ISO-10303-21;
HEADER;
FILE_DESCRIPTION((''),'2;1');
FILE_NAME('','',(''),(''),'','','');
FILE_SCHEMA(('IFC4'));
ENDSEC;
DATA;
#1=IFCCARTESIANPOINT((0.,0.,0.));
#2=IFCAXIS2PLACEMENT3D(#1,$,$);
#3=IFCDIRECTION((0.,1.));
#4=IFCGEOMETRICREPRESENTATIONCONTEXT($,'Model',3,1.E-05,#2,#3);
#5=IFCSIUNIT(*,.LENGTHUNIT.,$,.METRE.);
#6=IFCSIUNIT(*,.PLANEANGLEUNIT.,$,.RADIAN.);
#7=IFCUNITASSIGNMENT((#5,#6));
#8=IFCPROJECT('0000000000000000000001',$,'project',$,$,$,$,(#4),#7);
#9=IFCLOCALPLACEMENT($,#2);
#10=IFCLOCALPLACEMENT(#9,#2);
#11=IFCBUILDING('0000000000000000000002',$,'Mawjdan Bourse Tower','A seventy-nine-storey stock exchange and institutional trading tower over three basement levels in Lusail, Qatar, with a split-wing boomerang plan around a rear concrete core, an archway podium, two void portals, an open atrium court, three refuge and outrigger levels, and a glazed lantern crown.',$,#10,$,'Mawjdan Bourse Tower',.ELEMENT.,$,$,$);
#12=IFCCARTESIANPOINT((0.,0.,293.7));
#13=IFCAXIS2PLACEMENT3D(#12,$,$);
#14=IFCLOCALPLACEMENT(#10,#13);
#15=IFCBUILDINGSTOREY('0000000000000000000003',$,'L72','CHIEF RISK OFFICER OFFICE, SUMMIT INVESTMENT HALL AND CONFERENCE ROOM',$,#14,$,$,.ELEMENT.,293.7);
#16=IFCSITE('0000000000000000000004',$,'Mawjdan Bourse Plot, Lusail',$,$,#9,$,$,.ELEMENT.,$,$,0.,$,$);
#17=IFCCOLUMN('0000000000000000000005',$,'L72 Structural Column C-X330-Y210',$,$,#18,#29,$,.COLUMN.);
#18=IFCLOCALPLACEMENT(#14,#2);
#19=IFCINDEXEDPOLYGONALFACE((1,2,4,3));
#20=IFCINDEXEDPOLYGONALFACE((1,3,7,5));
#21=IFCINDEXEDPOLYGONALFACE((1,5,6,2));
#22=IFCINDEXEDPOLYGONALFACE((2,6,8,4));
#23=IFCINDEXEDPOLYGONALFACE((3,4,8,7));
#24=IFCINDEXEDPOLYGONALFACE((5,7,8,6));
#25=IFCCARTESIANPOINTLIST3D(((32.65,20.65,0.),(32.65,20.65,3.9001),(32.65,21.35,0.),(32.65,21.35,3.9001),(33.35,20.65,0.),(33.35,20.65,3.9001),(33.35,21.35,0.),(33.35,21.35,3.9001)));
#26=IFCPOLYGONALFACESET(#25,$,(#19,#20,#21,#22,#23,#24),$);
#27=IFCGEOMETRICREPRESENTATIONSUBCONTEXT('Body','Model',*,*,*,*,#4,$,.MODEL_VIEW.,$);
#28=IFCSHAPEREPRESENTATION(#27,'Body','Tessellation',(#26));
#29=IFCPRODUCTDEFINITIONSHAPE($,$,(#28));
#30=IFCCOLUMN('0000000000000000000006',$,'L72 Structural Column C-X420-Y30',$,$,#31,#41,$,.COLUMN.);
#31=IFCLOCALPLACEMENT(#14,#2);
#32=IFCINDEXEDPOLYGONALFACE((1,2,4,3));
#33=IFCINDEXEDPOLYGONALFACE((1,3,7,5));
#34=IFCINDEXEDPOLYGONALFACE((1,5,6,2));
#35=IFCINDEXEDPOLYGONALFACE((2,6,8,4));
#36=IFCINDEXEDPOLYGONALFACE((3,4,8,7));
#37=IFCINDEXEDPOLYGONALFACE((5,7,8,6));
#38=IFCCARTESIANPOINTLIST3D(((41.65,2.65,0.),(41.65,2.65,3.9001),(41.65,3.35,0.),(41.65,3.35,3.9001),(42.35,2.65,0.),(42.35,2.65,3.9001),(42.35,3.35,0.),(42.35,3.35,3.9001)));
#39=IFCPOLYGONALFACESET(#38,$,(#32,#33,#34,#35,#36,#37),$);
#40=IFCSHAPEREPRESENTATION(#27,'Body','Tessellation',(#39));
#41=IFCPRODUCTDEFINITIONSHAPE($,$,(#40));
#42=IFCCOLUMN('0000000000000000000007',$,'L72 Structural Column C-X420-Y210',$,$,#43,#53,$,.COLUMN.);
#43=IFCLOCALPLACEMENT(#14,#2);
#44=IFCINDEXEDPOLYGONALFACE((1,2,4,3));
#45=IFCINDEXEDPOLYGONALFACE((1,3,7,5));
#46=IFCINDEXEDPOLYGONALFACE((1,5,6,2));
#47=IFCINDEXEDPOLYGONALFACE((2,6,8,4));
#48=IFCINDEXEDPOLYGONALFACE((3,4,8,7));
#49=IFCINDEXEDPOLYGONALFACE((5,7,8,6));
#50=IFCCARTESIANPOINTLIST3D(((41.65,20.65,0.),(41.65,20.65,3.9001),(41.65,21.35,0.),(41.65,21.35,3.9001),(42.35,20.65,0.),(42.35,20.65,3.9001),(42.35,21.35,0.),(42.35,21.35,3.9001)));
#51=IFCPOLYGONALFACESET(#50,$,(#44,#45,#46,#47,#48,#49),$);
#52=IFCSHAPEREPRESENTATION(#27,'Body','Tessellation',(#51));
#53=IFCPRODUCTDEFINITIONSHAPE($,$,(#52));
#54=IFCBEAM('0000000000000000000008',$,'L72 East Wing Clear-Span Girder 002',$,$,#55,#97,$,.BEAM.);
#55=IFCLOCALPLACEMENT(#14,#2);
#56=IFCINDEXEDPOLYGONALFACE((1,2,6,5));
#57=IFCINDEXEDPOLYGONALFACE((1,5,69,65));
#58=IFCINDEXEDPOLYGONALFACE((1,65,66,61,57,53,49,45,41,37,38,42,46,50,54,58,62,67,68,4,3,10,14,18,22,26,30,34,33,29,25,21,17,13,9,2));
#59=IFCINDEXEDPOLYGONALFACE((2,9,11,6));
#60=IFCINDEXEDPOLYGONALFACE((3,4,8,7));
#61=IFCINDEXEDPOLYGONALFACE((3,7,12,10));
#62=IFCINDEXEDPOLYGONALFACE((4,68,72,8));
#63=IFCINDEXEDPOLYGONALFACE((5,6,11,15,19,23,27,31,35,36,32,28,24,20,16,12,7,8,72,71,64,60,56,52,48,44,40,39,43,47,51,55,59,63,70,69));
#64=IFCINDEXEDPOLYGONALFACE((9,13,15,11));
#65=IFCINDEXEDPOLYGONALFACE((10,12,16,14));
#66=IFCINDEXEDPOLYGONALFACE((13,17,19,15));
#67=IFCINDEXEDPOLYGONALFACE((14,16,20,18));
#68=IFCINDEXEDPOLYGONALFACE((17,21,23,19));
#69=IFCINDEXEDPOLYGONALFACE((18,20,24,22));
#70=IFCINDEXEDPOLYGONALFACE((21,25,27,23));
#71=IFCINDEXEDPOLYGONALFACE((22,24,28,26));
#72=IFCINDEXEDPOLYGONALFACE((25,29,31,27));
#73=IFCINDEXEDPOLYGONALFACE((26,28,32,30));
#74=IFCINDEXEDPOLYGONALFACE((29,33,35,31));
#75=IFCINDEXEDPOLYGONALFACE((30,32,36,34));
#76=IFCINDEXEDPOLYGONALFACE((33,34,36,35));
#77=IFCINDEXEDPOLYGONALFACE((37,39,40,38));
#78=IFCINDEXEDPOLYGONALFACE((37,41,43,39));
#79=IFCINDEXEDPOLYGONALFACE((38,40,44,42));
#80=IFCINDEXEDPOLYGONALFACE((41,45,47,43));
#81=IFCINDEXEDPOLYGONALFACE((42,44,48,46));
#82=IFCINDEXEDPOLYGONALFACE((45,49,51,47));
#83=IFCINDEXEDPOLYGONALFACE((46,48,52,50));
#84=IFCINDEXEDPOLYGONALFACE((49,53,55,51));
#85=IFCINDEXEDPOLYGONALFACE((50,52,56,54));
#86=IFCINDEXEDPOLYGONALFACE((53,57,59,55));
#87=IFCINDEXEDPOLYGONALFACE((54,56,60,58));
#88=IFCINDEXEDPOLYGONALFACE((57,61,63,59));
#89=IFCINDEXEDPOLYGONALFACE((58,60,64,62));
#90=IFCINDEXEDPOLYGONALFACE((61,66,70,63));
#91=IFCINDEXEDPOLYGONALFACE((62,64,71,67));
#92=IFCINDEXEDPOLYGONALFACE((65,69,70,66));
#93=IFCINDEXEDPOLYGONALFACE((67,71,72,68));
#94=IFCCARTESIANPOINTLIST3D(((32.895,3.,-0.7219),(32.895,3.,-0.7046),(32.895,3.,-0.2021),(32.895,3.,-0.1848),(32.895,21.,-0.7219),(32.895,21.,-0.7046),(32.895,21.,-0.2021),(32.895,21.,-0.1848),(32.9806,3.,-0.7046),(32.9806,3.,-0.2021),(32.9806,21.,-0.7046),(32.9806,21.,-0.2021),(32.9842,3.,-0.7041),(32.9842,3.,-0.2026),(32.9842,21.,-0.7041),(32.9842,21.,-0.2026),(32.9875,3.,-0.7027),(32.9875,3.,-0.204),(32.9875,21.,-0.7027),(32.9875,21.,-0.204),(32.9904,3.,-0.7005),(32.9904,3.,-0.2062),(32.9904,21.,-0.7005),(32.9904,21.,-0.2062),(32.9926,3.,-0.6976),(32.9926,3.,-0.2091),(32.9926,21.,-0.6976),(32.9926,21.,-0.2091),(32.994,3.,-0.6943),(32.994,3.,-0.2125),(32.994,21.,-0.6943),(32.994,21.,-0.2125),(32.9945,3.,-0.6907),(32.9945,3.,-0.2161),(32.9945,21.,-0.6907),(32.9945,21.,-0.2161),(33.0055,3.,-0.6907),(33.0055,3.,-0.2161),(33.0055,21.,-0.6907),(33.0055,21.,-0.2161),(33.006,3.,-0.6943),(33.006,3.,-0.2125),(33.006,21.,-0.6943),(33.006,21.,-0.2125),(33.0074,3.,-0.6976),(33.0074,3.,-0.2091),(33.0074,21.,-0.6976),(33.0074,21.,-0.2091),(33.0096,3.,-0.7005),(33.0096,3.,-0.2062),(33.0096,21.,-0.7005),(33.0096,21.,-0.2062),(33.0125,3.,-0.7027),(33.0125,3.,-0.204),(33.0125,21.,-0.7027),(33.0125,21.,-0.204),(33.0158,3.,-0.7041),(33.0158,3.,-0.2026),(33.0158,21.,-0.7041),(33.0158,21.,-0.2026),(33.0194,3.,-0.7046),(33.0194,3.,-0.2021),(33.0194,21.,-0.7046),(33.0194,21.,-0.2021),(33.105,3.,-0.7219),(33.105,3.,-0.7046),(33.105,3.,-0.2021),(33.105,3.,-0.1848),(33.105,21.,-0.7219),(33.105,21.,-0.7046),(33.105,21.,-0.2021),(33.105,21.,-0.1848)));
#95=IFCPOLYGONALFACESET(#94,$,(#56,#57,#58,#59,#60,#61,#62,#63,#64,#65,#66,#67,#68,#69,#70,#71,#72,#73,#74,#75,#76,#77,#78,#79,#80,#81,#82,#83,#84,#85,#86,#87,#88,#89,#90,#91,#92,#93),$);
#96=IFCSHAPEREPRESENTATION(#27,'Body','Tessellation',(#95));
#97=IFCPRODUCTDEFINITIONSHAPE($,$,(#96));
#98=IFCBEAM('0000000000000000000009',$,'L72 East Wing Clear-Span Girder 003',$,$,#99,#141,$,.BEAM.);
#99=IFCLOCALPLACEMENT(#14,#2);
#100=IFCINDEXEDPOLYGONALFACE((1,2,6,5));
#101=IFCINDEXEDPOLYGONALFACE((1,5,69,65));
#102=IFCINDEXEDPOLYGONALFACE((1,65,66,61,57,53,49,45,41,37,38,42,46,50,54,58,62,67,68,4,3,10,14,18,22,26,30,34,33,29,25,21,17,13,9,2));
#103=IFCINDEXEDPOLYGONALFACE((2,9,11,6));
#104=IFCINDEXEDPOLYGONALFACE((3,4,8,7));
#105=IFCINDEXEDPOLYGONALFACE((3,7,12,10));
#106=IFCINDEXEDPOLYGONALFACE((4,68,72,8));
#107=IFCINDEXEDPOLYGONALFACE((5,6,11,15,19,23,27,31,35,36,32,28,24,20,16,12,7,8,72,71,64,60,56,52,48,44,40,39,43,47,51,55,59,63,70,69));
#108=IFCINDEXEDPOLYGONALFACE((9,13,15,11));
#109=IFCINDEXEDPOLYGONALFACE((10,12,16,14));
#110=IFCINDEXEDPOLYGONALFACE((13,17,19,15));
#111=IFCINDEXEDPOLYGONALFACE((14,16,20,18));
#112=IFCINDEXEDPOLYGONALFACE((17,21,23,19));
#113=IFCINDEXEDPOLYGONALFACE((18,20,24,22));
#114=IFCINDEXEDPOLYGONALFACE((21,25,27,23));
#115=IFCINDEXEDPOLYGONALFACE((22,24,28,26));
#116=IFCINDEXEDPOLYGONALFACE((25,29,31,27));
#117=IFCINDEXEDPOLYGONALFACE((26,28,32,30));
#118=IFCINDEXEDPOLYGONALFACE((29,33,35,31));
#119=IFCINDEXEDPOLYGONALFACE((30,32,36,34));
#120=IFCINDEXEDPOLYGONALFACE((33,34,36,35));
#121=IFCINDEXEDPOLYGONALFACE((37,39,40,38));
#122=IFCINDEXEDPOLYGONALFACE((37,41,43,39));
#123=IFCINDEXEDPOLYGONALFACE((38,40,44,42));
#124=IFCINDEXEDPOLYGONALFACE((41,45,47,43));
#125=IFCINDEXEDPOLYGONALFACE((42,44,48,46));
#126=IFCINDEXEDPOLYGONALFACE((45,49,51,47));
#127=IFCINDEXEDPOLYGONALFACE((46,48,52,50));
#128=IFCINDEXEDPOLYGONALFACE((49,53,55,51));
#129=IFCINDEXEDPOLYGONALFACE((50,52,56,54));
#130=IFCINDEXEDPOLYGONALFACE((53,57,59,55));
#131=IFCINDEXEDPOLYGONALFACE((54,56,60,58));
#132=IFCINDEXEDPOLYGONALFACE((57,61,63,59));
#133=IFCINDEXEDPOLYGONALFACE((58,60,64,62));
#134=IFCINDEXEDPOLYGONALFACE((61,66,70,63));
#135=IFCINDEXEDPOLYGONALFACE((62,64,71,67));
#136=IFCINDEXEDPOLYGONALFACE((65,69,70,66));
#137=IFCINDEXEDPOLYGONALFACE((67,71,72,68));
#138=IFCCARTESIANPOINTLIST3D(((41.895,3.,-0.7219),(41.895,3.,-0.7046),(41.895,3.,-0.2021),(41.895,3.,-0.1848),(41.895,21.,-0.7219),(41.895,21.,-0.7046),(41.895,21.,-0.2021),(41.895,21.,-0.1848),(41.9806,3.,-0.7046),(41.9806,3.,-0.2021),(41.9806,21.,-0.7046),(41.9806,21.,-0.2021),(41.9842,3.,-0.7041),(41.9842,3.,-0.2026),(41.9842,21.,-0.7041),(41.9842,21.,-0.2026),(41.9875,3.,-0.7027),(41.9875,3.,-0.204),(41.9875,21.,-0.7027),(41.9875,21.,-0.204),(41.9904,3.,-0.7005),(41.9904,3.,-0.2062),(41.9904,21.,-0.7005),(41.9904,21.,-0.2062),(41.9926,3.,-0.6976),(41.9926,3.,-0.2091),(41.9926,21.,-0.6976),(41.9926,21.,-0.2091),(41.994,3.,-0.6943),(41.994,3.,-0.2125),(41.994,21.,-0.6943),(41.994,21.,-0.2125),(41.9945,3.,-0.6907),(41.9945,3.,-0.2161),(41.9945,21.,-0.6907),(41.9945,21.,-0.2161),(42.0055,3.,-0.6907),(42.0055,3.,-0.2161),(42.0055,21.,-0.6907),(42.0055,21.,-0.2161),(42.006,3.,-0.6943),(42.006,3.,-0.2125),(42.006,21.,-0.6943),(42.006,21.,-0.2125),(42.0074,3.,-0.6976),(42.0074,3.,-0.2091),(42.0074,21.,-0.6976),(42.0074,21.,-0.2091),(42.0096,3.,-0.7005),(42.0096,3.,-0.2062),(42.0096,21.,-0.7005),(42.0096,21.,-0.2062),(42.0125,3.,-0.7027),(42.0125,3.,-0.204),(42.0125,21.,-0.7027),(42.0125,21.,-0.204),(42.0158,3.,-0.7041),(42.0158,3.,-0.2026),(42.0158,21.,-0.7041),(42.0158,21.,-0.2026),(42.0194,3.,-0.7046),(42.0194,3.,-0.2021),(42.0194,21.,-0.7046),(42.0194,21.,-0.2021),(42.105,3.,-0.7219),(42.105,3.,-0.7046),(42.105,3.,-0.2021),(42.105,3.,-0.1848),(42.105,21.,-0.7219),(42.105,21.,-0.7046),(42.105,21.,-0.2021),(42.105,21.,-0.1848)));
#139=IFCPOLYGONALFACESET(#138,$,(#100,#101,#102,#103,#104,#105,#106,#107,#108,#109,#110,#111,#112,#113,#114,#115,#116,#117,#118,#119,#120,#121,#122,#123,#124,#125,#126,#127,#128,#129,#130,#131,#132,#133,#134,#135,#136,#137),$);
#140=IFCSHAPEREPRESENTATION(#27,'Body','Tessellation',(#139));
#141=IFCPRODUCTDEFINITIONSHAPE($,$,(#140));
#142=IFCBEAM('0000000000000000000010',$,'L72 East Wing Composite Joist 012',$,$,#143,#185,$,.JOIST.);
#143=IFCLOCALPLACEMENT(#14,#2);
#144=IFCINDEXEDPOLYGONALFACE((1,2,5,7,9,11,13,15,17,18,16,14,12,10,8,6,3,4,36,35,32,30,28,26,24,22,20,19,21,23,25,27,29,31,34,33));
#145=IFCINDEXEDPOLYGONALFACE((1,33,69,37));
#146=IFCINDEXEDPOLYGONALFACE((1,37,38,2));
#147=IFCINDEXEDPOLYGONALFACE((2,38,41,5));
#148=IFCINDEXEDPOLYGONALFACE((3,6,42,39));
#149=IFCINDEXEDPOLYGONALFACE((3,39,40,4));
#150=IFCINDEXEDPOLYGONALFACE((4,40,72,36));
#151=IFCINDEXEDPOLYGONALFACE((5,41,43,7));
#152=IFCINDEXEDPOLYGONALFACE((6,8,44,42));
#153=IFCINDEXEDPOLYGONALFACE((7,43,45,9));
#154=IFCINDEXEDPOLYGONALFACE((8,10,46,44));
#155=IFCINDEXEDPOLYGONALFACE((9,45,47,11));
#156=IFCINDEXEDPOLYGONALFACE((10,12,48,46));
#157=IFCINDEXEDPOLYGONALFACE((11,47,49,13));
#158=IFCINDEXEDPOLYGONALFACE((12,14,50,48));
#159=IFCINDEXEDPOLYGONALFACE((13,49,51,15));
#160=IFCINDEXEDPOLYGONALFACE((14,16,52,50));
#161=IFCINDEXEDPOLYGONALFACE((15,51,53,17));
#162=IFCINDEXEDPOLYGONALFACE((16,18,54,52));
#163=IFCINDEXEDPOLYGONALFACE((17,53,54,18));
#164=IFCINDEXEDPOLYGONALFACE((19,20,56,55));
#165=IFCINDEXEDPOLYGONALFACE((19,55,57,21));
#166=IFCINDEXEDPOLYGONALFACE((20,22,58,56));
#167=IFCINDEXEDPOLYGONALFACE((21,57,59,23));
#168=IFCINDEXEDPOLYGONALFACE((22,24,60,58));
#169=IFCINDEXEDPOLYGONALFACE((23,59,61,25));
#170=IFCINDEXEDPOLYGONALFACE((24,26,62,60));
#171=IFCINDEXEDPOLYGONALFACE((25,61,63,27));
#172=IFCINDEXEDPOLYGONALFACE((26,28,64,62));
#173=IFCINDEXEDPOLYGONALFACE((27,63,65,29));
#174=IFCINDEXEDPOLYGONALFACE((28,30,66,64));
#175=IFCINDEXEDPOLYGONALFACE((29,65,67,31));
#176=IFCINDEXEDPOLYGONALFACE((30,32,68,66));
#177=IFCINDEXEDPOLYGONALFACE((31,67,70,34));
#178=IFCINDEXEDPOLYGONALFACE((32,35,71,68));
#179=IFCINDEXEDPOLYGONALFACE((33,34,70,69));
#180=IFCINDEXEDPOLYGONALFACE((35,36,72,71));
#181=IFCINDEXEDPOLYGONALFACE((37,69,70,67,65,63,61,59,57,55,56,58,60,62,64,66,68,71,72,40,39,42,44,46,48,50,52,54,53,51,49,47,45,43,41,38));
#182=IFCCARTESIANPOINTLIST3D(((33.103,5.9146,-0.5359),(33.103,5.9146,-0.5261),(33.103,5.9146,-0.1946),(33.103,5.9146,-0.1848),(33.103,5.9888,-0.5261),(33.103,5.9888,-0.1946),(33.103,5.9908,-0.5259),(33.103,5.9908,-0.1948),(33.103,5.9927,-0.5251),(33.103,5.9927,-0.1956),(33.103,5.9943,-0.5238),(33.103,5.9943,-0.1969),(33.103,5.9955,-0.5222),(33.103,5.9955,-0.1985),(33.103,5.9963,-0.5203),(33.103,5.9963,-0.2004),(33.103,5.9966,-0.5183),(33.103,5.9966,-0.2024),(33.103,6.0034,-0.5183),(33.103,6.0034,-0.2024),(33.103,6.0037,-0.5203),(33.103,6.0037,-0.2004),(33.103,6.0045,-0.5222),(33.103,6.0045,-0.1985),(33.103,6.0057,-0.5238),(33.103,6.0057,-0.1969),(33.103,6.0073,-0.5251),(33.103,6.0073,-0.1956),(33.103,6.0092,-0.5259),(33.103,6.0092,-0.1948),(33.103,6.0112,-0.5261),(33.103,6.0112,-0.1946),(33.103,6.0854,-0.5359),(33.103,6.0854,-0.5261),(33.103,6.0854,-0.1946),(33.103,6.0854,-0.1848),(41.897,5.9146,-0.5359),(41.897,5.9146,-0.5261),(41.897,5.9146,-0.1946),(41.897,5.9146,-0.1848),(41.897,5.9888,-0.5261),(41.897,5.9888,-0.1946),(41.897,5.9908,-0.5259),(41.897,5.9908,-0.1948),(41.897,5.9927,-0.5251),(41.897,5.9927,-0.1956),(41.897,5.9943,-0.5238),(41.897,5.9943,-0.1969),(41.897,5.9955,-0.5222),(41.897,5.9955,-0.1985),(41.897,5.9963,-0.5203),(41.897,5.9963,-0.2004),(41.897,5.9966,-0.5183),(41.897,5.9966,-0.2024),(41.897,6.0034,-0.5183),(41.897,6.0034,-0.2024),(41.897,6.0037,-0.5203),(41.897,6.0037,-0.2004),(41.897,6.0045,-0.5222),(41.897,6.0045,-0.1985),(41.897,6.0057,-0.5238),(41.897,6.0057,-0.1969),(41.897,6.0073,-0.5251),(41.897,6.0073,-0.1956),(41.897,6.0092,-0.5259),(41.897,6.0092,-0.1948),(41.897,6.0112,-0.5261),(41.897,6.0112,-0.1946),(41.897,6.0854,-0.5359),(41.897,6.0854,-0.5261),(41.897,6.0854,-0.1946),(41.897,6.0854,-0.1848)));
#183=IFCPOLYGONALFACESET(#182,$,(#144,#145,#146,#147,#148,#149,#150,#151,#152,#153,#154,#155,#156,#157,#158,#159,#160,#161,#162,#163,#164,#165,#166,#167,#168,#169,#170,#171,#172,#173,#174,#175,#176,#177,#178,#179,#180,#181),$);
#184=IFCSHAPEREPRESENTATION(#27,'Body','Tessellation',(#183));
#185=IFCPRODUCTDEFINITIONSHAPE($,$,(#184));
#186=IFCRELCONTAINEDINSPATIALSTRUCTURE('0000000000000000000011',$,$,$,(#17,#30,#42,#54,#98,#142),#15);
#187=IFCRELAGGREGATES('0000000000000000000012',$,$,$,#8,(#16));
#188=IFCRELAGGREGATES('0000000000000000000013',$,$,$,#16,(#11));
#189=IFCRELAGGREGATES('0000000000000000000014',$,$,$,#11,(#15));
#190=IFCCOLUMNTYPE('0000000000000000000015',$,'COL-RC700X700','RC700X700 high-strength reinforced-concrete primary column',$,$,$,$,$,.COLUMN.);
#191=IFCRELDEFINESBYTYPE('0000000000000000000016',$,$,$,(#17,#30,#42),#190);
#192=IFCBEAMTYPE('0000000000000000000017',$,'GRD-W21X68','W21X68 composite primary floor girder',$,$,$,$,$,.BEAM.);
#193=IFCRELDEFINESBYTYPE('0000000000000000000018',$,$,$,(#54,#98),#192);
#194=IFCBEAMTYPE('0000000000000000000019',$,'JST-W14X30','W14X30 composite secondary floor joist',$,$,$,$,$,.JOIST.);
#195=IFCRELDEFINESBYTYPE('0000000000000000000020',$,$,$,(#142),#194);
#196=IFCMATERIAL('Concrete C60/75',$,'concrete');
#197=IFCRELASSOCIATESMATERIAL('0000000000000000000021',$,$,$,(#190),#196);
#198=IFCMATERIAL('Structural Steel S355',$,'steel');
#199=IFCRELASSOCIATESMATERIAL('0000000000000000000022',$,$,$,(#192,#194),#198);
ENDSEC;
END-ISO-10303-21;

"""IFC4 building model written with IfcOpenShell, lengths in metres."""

from ifc_helpers import new_model, si_unit, direction, frame, origin, origin_2d, place, context, subcontext, project, spatial, rectangle, i_section, extrude, material, material_profile, profile_set, type_object, element, save


model = new_model("IFC4")

# Units and contexts
model_context = context("Model", 3, precision=1e-05, world=origin(), true_north=direction((0.0, 1.0)))
body_context = subcontext(model_context, "Body", "Model", "MODEL_VIEW")
ifc_project = project(units=[si_unit("LENGTHUNIT", "METRE"), si_unit("PLANEANGLEUNIT", "RADIAN")], contexts=[model_context])

# Site, building, storey
site_placement = place(None, origin())
site = spatial("IfcSite", under=ifc_project, at=site_placement, Name="Mawjdan Bourse Plot, Lusail", CompositionType="ELEMENT", RefElevation=0.0)
building_placement = place(site_placement, origin())
building = spatial("IfcBuilding", under=site, at=building_placement, Name="Mawjdan Bourse Tower", Description="A seventy-nine-storey stock exchange and institutional trading tower over three basement levels in Lusail, Qatar, with a split-wing boomerang plan around a rear concrete core, an archway podium, two void portals, an open atrium court, three refuge and outrigger levels, and a glazed lantern crown.", LongName="Mawjdan Bourse Tower", CompositionType="ELEMENT")
storey_placement = place(building_placement, frame((0.0, 0.0, 293.7)))
storey = spatial("IfcBuildingStorey", under=building, at=storey_placement, Name="L72", Description="CHIEF RISK OFFICER OFFICE, SUMMIT INVESTMENT HALL AND CONFERENCE ROOM", CompositionType="ELEMENT", Elevation=293.7)

# Columns
ifc_material_1 = material(Name="Concrete C60/75", Category="concrete")
ifc_material_profile_1 = material_profile(ifc_material_1, rectangle(XDim=0.7, YDim=0.7, at=origin_2d()), Name="RC700X700")
ifc_profile_set_1 = profile_set([ifc_material_profile_1], Name="Concrete C60/75")
column_type = type_object("IfcColumnType", Name="COL-RC700X700", Description="RC700X700 high-strength reinforced-concrete primary column", PredefinedType="COLUMN", material=ifc_profile_set_1)
for number, where, z_axis, x_axis, name in (
    (1, (33.0, 21.0, 0.0), (0.0, 0.0, 1.0), (1.0, 0.0, 0.0), "L72 Structural Column C-X330-Y210"),
    (2, (42.0, 3.0, 0.0), (0.0, 0.0, 1.0), (1.0, 0.0, 0.0), "L72 Structural Column C-X420-Y30"),
    (3, (42.0, 21.0, 0.0), (0.0, 0.0, 1.0), (1.0, 0.0, 0.0), "L72 Structural Column C-X420-Y210"),
):
    element("IfcColumn", number, at=place(storey_placement, frame(where, z_axis=z_axis, x_axis=x_axis)), inside=storey, type_object=column_type, Name=name, PredefinedType="COLUMN", context=body_context, shape_type="SweptSolid", body=[
        extrude(rectangle(XDim=0.7, YDim=0.7, at=origin_2d()), origin(), (0.0, 0.0, 1.0), 3.9001),
    ])

# Beams
ifc_material_2 = material(Name="Structural Steel S355", Category="steel")
ifc_material_profile_2 = material_profile(ifc_material_2, i_section(OverallWidth=0.21, OverallDepth=0.5371, WebThickness=0.011, FlangeThickness=0.0173, FilletRadius=0.0139, at=origin_2d()), Name="W21X68")
ifc_profile_set_2 = profile_set([ifc_material_profile_2], Name="Structural Steel S355")
beam_type_1 = type_object("IfcBeamType", Name="GRD-W21X68", Description="W21X68 composite primary floor girder", PredefinedType="BEAM", material=ifc_profile_set_2)
for number, where, z_axis, x_axis, name in (
    (4, (33.0, 3.0, -0.4534), (0.0, 1.0, 0.0), (-1.0, 0.0, 0.0), "L72 East Wing Clear-Span Girder 002"),
    (5, (42.0, 3.0, -0.4534), (0.0, 1.0, 0.0), (-1.0, 0.0, 0.0), "L72 East Wing Clear-Span Girder 003"),
):
    element("IfcBeam", number, at=place(storey_placement, frame(where, z_axis=z_axis, x_axis=x_axis)), inside=storey, type_object=beam_type_1, Name=name, PredefinedType="BEAM", context=body_context, shape_type="SweptSolid", body=[
        extrude(i_section(OverallWidth=0.21, OverallDepth=0.5371, WebThickness=0.011, FlangeThickness=0.0173, FilletRadius=0.0139, at=origin_2d()), origin(), (0.0, 0.0, 1.0), 18.0),
    ])
ifc_material_profile_3 = material_profile(ifc_material_2, i_section(OverallWidth=0.1709, OverallDepth=0.3511, WebThickness=0.0068, FlangeThickness=0.0098, FilletRadius=0.0078, at=origin_2d()), Name="W14X30")
ifc_profile_set_3 = profile_set([ifc_material_profile_3], Name="Structural Steel S355")
beam_type_2 = type_object("IfcBeamType", Name="JST-W14X30", Description="W14X30 composite secondary floor joist", PredefinedType="JOIST", material=ifc_profile_set_3)
for number, where, z_axis, x_axis, name in (
    (6, (33.103, 6.0, -0.3604), (1.0, 0.0, 0.0), (0.0, 1.0, 0.0), "L72 East Wing Composite Joist 012"),
):
    element("IfcBeam", number, at=place(storey_placement, frame(where, z_axis=z_axis, x_axis=x_axis)), inside=storey, type_object=beam_type_2, Name=name, PredefinedType="JOIST", context=body_context, shape_type="SweptSolid", body=[
        extrude(i_section(OverallWidth=0.1709, OverallDepth=0.3511, WebThickness=0.0068, FlangeThickness=0.0098, FilletRadius=0.0078, at=origin_2d()), origin(), (0.0, 0.0, 1.0), 8.7939),
    ])

save(model, "model.ifc")
